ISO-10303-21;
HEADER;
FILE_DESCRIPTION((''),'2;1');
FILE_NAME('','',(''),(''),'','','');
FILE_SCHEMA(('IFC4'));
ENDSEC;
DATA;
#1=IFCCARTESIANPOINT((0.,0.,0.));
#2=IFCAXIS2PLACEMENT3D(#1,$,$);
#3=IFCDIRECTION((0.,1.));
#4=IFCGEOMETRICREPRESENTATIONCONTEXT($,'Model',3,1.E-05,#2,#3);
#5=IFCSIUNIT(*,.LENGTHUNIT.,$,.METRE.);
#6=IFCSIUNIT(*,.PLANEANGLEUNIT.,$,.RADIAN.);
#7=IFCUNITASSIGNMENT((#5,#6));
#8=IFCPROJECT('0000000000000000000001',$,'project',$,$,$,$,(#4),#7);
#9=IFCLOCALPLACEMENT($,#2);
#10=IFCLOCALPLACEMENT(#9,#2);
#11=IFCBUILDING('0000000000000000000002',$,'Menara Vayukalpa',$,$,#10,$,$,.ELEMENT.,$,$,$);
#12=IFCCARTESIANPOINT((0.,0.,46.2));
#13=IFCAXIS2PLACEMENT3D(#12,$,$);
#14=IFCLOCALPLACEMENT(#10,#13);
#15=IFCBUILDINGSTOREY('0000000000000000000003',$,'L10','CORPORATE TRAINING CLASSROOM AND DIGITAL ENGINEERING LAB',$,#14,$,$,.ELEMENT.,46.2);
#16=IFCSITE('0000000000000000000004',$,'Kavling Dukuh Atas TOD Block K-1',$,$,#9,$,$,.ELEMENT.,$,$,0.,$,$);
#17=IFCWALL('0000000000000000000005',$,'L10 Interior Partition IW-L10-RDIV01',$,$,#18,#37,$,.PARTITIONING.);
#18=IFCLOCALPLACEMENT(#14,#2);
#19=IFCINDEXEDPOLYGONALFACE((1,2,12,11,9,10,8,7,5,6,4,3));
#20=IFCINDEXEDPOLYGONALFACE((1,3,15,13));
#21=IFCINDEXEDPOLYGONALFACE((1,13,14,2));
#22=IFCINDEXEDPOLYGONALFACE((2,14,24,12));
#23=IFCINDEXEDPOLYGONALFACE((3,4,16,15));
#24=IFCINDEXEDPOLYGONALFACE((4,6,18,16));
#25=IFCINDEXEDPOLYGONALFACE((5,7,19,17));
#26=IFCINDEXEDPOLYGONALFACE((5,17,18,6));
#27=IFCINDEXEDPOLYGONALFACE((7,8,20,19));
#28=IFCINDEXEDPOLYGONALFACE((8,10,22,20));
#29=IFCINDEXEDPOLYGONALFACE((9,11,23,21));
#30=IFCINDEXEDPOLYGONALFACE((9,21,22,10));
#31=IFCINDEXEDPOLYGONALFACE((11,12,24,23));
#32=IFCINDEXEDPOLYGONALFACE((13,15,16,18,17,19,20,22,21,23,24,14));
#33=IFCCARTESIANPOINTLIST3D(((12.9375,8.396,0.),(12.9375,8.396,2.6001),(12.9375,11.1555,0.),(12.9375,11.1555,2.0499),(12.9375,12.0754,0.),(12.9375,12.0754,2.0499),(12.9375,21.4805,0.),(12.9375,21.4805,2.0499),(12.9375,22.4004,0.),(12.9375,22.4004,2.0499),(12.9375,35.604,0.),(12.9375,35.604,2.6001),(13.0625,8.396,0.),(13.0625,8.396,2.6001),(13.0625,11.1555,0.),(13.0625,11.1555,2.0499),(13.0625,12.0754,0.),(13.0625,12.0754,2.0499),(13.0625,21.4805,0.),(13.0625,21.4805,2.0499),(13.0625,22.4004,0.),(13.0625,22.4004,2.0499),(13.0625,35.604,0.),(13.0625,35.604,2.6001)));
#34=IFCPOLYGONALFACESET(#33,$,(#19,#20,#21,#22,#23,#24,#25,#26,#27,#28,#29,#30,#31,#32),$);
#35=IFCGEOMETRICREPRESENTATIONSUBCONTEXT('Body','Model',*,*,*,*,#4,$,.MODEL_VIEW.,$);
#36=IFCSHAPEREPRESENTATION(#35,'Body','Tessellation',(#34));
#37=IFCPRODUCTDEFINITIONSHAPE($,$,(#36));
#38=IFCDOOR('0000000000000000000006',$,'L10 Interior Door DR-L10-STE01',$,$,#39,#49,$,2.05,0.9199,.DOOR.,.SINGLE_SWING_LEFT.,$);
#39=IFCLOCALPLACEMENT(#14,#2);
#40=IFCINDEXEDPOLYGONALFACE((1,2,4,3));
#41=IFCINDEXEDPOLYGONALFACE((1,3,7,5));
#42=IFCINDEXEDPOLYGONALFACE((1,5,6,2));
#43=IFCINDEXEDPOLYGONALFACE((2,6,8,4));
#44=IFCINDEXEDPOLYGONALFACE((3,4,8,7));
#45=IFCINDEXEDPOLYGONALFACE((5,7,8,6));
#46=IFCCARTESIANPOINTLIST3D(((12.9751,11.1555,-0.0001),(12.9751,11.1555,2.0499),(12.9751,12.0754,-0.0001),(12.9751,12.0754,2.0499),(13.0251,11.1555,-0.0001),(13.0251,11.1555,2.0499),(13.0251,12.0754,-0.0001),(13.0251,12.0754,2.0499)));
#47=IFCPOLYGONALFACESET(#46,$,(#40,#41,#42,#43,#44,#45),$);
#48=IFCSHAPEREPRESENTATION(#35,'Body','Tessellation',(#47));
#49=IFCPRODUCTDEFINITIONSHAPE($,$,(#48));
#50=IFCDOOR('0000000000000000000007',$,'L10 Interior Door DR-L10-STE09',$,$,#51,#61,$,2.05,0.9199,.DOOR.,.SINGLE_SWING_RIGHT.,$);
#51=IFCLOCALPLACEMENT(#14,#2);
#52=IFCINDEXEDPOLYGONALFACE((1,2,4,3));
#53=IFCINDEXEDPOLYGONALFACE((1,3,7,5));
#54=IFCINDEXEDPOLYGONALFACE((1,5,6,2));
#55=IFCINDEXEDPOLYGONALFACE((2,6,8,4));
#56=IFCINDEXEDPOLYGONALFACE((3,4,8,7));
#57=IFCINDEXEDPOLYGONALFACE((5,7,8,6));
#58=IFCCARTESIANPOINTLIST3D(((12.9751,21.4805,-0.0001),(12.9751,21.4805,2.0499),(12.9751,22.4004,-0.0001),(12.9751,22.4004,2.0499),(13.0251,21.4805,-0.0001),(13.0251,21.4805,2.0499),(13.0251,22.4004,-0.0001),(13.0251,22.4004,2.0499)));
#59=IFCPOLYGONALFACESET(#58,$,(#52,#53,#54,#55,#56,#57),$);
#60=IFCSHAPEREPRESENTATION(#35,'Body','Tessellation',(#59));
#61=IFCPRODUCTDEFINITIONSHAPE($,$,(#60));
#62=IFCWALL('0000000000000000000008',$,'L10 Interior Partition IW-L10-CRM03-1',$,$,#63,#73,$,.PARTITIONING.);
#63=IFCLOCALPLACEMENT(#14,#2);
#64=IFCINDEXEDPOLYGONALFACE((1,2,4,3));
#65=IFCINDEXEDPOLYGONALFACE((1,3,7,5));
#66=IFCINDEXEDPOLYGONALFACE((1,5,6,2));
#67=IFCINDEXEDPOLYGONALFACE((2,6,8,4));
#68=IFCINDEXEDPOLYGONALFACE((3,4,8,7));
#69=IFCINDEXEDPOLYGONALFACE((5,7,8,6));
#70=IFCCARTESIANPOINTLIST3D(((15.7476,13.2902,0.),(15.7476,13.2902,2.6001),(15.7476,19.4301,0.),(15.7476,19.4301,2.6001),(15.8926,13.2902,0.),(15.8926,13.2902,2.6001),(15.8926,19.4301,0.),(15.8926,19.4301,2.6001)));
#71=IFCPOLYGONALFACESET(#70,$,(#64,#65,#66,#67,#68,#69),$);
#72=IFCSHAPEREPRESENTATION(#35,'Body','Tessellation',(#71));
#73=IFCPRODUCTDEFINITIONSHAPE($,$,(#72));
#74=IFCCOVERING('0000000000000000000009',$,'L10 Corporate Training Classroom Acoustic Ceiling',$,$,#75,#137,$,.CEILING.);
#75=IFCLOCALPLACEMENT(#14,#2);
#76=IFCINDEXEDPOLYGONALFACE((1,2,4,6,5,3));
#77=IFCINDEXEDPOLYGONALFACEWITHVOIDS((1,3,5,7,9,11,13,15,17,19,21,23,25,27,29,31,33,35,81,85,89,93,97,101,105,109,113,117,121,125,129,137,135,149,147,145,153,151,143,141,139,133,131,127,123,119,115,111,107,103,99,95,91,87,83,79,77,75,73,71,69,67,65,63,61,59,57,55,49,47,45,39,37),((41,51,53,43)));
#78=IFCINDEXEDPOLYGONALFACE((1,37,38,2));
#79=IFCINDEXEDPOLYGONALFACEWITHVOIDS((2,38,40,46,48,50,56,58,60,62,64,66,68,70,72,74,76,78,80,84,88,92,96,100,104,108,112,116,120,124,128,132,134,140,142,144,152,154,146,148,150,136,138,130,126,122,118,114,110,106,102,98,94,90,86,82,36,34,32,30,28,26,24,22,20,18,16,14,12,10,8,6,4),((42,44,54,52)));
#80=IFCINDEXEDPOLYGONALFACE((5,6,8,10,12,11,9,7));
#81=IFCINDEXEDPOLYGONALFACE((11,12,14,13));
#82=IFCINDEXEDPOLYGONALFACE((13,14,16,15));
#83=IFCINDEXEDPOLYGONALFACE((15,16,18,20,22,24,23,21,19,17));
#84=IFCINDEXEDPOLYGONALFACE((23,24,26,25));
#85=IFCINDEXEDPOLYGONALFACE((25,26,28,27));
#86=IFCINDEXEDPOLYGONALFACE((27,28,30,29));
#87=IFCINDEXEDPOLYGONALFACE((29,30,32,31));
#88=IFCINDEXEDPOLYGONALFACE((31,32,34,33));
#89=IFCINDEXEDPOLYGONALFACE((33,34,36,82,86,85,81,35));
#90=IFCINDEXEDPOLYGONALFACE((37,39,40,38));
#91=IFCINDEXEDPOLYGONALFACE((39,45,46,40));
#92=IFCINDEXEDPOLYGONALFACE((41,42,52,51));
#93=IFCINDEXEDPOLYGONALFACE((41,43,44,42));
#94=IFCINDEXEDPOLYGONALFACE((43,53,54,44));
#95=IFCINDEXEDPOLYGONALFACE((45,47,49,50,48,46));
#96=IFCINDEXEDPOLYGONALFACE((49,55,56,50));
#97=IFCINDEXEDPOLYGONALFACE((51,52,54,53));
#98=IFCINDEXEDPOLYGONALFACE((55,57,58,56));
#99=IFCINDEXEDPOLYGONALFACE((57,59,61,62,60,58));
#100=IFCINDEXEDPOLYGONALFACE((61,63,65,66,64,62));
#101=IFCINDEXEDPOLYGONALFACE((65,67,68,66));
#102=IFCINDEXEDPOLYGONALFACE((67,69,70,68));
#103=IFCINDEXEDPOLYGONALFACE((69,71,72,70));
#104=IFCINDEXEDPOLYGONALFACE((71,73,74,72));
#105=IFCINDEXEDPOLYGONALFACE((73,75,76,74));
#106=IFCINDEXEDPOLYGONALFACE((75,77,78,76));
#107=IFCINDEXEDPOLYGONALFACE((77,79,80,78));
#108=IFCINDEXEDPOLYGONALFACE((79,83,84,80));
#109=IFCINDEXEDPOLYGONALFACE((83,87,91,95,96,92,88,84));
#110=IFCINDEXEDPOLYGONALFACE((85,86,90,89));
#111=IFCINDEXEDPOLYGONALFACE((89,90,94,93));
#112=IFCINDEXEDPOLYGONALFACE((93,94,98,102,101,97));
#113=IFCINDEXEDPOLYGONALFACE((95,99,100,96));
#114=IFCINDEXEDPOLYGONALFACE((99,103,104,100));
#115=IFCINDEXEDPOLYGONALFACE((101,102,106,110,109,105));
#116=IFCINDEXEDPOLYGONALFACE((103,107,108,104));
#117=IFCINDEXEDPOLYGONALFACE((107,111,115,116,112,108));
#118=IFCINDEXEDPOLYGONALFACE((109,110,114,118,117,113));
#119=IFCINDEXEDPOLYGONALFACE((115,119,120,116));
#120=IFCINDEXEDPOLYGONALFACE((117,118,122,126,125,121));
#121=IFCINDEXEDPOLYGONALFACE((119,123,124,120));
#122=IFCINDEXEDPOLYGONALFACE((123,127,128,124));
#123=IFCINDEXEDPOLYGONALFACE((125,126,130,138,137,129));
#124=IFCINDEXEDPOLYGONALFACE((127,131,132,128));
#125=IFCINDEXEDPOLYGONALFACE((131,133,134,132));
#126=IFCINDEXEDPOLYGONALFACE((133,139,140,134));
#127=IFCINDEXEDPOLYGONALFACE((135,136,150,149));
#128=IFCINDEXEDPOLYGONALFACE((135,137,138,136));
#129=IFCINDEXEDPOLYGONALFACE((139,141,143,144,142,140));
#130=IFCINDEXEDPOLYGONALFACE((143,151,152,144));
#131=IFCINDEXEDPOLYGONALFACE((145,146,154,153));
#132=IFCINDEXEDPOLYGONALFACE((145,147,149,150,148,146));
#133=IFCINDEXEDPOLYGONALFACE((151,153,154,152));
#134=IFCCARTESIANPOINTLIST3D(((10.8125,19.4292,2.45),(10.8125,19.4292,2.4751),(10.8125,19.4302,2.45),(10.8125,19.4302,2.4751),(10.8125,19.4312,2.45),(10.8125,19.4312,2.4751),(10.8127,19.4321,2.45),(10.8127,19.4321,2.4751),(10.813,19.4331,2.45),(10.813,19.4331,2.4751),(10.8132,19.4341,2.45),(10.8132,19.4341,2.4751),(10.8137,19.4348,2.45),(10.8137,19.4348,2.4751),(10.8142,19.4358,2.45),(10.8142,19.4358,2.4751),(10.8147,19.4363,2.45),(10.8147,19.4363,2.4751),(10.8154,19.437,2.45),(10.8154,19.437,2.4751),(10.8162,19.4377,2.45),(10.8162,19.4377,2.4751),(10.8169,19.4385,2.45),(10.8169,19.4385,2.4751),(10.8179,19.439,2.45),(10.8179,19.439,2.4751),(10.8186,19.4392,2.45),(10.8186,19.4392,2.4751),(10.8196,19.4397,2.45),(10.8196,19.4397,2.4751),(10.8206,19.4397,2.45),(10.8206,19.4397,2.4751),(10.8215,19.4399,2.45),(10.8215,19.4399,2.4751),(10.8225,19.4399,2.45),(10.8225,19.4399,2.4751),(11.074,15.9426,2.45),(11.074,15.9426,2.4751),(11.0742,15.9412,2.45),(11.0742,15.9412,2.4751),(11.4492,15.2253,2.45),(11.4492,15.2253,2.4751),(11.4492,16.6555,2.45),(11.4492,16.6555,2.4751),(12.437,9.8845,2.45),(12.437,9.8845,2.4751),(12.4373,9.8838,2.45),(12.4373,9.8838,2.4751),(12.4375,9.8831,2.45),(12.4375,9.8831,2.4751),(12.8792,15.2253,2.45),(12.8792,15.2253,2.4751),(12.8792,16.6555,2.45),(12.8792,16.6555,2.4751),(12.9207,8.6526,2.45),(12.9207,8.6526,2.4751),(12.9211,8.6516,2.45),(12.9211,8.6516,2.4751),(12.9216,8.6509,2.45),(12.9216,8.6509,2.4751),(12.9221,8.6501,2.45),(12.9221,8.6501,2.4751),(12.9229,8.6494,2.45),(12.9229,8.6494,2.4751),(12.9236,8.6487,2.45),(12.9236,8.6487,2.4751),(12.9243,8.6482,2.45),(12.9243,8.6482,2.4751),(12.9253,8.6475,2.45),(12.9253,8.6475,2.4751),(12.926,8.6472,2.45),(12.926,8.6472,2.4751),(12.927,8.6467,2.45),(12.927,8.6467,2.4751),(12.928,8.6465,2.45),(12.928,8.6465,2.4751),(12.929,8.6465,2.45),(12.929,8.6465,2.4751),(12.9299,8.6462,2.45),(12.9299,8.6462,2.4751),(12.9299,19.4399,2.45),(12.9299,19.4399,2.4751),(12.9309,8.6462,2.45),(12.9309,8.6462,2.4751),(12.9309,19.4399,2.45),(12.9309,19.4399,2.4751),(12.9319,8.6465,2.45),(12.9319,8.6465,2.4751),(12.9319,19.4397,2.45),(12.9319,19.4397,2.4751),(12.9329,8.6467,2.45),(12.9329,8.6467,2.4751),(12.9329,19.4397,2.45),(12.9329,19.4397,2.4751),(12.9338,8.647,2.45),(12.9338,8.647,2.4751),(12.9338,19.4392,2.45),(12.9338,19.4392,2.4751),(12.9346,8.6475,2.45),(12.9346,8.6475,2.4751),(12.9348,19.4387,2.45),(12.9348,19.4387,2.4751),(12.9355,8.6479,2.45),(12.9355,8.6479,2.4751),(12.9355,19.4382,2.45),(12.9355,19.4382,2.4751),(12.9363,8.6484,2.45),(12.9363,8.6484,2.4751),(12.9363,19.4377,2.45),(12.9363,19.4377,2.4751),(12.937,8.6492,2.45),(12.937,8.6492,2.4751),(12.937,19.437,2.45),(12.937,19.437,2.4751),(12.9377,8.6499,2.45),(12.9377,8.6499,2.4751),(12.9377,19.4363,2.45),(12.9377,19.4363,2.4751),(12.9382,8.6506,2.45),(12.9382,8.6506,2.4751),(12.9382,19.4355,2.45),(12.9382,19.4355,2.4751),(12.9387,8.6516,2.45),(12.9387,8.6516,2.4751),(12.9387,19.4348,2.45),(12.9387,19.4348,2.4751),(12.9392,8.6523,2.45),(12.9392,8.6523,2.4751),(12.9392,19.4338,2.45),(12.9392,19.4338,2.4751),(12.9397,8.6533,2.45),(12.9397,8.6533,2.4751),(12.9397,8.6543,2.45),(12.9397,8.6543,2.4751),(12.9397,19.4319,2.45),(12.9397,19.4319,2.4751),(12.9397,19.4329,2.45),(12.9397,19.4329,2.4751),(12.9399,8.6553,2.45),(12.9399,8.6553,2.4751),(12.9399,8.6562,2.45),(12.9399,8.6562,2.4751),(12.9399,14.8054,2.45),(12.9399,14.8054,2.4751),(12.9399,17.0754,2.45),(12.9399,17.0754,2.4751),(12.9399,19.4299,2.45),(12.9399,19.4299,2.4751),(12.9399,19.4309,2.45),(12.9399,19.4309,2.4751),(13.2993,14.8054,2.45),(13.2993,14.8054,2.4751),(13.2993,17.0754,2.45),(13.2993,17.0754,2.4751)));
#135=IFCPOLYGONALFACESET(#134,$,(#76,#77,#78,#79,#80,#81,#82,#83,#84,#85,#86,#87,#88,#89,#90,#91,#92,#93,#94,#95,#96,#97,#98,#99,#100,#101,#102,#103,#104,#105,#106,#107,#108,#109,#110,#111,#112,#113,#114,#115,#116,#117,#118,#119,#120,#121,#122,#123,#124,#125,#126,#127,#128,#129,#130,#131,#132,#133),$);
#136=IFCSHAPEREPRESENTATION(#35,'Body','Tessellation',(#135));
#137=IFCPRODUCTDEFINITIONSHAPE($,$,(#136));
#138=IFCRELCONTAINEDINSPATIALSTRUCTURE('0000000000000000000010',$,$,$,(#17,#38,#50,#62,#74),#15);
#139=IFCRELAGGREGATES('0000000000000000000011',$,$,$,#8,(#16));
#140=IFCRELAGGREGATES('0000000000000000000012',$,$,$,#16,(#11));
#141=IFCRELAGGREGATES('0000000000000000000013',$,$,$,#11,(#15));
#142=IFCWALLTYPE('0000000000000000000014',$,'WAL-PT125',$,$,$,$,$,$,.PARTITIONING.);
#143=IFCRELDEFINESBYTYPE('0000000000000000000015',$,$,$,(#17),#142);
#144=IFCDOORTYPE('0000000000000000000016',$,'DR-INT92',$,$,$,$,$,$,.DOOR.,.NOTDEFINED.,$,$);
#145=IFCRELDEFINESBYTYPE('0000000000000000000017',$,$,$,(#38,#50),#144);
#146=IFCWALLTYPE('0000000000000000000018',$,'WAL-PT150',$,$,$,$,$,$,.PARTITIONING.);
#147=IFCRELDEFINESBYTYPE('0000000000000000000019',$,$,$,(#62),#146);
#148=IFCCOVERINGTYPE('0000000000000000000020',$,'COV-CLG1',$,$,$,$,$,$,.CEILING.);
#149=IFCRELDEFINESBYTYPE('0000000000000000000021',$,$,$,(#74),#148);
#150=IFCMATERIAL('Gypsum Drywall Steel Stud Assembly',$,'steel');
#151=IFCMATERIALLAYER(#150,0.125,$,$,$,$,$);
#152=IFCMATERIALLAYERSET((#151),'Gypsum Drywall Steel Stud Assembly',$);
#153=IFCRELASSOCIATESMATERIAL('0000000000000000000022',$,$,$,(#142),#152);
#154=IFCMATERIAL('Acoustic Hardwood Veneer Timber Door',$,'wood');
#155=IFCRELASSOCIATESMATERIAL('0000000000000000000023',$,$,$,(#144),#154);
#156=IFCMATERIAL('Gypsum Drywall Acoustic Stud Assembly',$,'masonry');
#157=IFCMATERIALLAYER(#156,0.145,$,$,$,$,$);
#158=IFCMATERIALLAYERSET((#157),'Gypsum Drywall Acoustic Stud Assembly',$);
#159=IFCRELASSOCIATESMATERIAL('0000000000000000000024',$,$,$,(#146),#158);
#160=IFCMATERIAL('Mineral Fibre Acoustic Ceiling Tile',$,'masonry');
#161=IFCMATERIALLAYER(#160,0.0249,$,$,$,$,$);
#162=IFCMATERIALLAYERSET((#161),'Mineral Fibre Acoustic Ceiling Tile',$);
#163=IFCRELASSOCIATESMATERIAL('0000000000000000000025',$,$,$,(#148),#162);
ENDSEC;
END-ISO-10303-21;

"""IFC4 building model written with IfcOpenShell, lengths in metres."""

from ifc_helpers import new_model, si_unit, direction, frame, frame_2d, origin, place, context, subcontext, project, spatial, polyline, rectangle, outline, extrude, material, layer, layer_set, type_object, element, fill, save


model = new_model("IFC4")

# Units and contexts
model_context = context("Model", 3, precision=1e-05, world=origin(), true_north=direction((0.0, 1.0)))
body_context = subcontext(model_context, "Body", "Model", "MODEL_VIEW")
ifc_project = project(units=[si_unit("LENGTHUNIT", "METRE"), si_unit("PLANEANGLEUNIT", "RADIAN")], contexts=[model_context])

# Site, building, storey
site_placement = place(None, origin())
site = spatial("IfcSite", under=ifc_project, at=site_placement, Name="Kavling Dukuh Atas TOD Block K-1", CompositionType="ELEMENT", RefElevation=0.0)
building_placement = place(site_placement, origin())
building = spatial("IfcBuilding", under=site, at=building_placement, Name="Menara Vayukalpa", CompositionType="ELEMENT")
storey_placement = place(building_placement, frame((0.0, 0.0, 46.2)))
storey = spatial("IfcBuildingStorey", under=building, at=storey_placement, Name="L10", Description="CORPORATE TRAINING CLASSROOM AND DIGITAL ENGINEERING LAB", CompositionType="ELEMENT", Elevation=46.2)

# Wall, openings, doors
ifc_material_1 = material(Name="Gypsum Drywall Steel Stud Assembly", Category="steel")
ifc_layer_1 = layer(ifc_material_1, 0.125)
ifc_layer_set_1 = layer_set([ifc_layer_1], Name="Gypsum Drywall Steel Stud Assembly")
wall_type_1 = type_object("IfcWallType", Name="WAL-PT125", PredefinedType="PARTITIONING", material=ifc_layer_set_1)
wall_1_placement = place(storey_placement, frame((13.0, 8.396, 0.0), z_axis=(0.0, 0.0, 1.0), x_axis=(0.0, 1.0, 0.0)))
wall_1 = element("IfcWall", 1, at=wall_1_placement, inside=storey, type_object=wall_type_1, Name="L10 Interior Partition IW-L10-RDIV01", PredefinedType="PARTITIONING", context=body_context, shape_type="SweptSolid", body=[
    extrude(rectangle(XDim=27.208, YDim=0.125, at=frame_2d((13.604, 0.0))), origin(), (0.0, 0.0, 1.0), 2.6001),
])
opening_1_placement = place(wall_1_placement, frame((2.7595, 0.0, 0.0)))
opening_1 = element("IfcOpeningElement", 2, at=opening_1_placement, cuts=wall_1, PredefinedType="OPENING", context=body_context, shape_type="SweptSolid", body=[
    extrude(rectangle(XDim=0.9199, YDim=2.05, at=frame_2d((0.46, 1.0249))), frame((0.0, 0.0725, 0.0), z_axis=(0.0, -1.0, 0.0), x_axis=(1.0, 0.0, 0.0)), (0.0, 0.0, 1.0), 0.145),
])
opening_2_placement = place(wall_1_placement, frame((13.0845, 0.0, 0.0)))
opening_2 = element("IfcOpeningElement", 3, at=opening_2_placement, cuts=wall_1, PredefinedType="OPENING", context=body_context, shape_type="SweptSolid", body=[
    extrude(rectangle(XDim=0.9199, YDim=2.05, at=frame_2d((0.46, 1.0249))), frame((0.0, 0.0725, 0.0), z_axis=(0.0, -1.0, 0.0), x_axis=(1.0, 0.0, 0.0)), (0.0, 0.0, 1.0), 0.145),
])
ifc_material_2 = material(Name="Acoustic Hardwood Veneer Timber Door", Category="wood")
door_type = type_object("IfcDoorType", Name="DR-INT92", OperationType="NOTDEFINED", PredefinedType="DOOR", material=ifc_material_2)
door_1_placement = place(opening_1_placement, origin())
door_1 = element("IfcDoor", 4, at=door_1_placement, inside=storey, type_object=door_type, Name="L10 Interior Door DR-L10-STE01", OperationType="SINGLE_SWING_LEFT", OverallHeight=2.05, OverallWidth=0.9199, PredefinedType="DOOR", context=body_context, shape_type="SweptSolid", body=[
    extrude(rectangle(XDim=0.9199, YDim=2.05, at=frame_2d((0.46, 1.0249))), frame((0.0, 0.0249, 0.0), z_axis=(0.0, -1.0, 0.0), x_axis=(1.0, 0.0, 0.0)), (0.0, 0.0, 1.0), 0.05),
])
fill(opening_1, door_1)
door_2_placement = place(opening_2_placement, origin())
door_2 = element("IfcDoor", 5, at=door_2_placement, inside=storey, type_object=door_type, Name="L10 Interior Door DR-L10-STE09", OperationType="SINGLE_SWING_RIGHT", OverallHeight=2.05, OverallWidth=0.9199, PredefinedType="DOOR", context=body_context, shape_type="SweptSolid", body=[
    extrude(rectangle(XDim=0.9199, YDim=2.05, at=frame_2d((0.46, 1.0249))), frame((0.0, 0.0249, 0.0), z_axis=(0.0, -1.0, 0.0), x_axis=(1.0, 0.0, 0.0)), (0.0, 0.0, 1.0), 0.05),
])
fill(opening_2, door_2)

# Wall
ifc_material_3 = material(Name="Gypsum Drywall Acoustic Stud Assembly", Category="masonry")
ifc_layer_2 = layer(ifc_material_3, 0.145)
ifc_layer_set_2 = layer_set([ifc_layer_2], Name="Gypsum Drywall Acoustic Stud Assembly")
wall_type_2 = type_object("IfcWallType", Name="WAL-PT150", PredefinedType="PARTITIONING", material=ifc_layer_set_2)
wall_2_placement = place(storey_placement, frame((15.8201, 19.4299, 0.0), z_axis=(0.0, 0.0, 1.0), x_axis=(0.0, -1.0, 0.0)))
element("IfcWall", 6, at=wall_2_placement, inside=storey, type_object=wall_type_2, Name="L10 Interior Partition IW-L10-CRM03-1", PredefinedType="PARTITIONING", context=body_context, shape_type="SweptSolid", body=[
    extrude(rectangle(XDim=6.1399, YDim=0.145, at=frame_2d((3.0698, 0.0))), origin(), (0.0, 0.0, 1.0), 2.6001),
])

# Covering
ifc_material_4 = material(Name="Mineral Fibre Acoustic Ceiling Tile", Category="masonry")
ifc_layer_3 = layer(ifc_material_4, 0.0249)
ifc_layer_set_3 = layer_set([ifc_layer_3], Name="Mineral Fibre Acoustic Ceiling Tile")
covering_type_1 = type_object("IfcCoveringType", Name="COV-CLG1", PredefinedType="CEILING", material=ifc_layer_set_3)
covering_1_placement = place(storey_placement, frame((0.0, 0.0, 2.45)))
element("IfcCovering", 7, at=covering_1_placement, inside=storey, type_object=covering_type_1, Name="L10 Corporate Training Classroom Acoustic Ceiling", PredefinedType="CEILING", context=body_context, shape_type="SweptSolid", body=[
    extrude(outline(polyline([(12.437, 9.8845), (11.0742, 15.9412), (11.074, 15.9426), (10.8125, 19.4292), (10.8125, 19.4302), (10.8125, 19.4312), (10.8127, 19.4321), (10.813, 19.4331), (10.8132, 19.4341), (10.8137, 19.4348), (10.8142, 19.4358), (10.8147, 19.4363), (10.8154, 19.437), (10.8162, 19.4377), (10.8169, 19.4385), (10.8179, 19.439), (10.8186, 19.4392), (10.8196, 19.4397), (10.8206, 19.4397), (10.8215, 19.4399), (10.8225, 19.4399), (12.9299, 19.4399), (12.9309, 19.4399), (12.9319, 19.4397), (12.9329, 19.4397), (12.9338, 19.4392), (12.9348, 19.4387), (12.9355, 19.4382), (12.9363, 19.4377), (12.937, 19.437), (12.9377, 19.4363), (12.9382, 19.4355), (12.9387, 19.4348), (12.9392, 19.4338), (12.9397, 19.4329), (12.9397, 19.4319), (12.9399, 19.4309), (12.9399, 19.4299), (12.9399, 17.0754), (13.2993, 17.0754), (13.2993, 14.8054), (12.9399, 14.8054), (12.9399, 8.6562), (12.9399, 8.6553), (12.9397, 8.6543), (12.9397, 8.6533), (12.9392, 8.6523), (12.9387, 8.6516), (12.9382, 8.6506), (12.9377, 8.6499), (12.937, 8.6492), (12.9363, 8.6484), (12.9355, 8.6479), (12.9346, 8.6475), (12.9338, 8.647), (12.9329, 8.6467), (12.9319, 8.6465), (12.9309, 8.6462), (12.9299, 8.6462), (12.929, 8.6465), (12.928, 8.6465), (12.927, 8.6467), (12.926, 8.6472), (12.9253, 8.6475), (12.9243, 8.6482), (12.9236, 8.6487), (12.9229, 8.6494), (12.9221, 8.6501), (12.9216, 8.6509), (12.9211, 8.6516), (12.9207, 8.6526), (12.4375, 9.8831), (12.4373, 9.8838), (12.437, 9.8845)]), holes=[polyline([(12.8792, 16.6555), (11.4492, 16.6555), (11.4492, 15.2253), (12.8792, 15.2253), (12.8792, 16.6555)])]), origin(), (0.0, 0.0, 1.0), 0.0251),
])

save(model, "model.ifc")
